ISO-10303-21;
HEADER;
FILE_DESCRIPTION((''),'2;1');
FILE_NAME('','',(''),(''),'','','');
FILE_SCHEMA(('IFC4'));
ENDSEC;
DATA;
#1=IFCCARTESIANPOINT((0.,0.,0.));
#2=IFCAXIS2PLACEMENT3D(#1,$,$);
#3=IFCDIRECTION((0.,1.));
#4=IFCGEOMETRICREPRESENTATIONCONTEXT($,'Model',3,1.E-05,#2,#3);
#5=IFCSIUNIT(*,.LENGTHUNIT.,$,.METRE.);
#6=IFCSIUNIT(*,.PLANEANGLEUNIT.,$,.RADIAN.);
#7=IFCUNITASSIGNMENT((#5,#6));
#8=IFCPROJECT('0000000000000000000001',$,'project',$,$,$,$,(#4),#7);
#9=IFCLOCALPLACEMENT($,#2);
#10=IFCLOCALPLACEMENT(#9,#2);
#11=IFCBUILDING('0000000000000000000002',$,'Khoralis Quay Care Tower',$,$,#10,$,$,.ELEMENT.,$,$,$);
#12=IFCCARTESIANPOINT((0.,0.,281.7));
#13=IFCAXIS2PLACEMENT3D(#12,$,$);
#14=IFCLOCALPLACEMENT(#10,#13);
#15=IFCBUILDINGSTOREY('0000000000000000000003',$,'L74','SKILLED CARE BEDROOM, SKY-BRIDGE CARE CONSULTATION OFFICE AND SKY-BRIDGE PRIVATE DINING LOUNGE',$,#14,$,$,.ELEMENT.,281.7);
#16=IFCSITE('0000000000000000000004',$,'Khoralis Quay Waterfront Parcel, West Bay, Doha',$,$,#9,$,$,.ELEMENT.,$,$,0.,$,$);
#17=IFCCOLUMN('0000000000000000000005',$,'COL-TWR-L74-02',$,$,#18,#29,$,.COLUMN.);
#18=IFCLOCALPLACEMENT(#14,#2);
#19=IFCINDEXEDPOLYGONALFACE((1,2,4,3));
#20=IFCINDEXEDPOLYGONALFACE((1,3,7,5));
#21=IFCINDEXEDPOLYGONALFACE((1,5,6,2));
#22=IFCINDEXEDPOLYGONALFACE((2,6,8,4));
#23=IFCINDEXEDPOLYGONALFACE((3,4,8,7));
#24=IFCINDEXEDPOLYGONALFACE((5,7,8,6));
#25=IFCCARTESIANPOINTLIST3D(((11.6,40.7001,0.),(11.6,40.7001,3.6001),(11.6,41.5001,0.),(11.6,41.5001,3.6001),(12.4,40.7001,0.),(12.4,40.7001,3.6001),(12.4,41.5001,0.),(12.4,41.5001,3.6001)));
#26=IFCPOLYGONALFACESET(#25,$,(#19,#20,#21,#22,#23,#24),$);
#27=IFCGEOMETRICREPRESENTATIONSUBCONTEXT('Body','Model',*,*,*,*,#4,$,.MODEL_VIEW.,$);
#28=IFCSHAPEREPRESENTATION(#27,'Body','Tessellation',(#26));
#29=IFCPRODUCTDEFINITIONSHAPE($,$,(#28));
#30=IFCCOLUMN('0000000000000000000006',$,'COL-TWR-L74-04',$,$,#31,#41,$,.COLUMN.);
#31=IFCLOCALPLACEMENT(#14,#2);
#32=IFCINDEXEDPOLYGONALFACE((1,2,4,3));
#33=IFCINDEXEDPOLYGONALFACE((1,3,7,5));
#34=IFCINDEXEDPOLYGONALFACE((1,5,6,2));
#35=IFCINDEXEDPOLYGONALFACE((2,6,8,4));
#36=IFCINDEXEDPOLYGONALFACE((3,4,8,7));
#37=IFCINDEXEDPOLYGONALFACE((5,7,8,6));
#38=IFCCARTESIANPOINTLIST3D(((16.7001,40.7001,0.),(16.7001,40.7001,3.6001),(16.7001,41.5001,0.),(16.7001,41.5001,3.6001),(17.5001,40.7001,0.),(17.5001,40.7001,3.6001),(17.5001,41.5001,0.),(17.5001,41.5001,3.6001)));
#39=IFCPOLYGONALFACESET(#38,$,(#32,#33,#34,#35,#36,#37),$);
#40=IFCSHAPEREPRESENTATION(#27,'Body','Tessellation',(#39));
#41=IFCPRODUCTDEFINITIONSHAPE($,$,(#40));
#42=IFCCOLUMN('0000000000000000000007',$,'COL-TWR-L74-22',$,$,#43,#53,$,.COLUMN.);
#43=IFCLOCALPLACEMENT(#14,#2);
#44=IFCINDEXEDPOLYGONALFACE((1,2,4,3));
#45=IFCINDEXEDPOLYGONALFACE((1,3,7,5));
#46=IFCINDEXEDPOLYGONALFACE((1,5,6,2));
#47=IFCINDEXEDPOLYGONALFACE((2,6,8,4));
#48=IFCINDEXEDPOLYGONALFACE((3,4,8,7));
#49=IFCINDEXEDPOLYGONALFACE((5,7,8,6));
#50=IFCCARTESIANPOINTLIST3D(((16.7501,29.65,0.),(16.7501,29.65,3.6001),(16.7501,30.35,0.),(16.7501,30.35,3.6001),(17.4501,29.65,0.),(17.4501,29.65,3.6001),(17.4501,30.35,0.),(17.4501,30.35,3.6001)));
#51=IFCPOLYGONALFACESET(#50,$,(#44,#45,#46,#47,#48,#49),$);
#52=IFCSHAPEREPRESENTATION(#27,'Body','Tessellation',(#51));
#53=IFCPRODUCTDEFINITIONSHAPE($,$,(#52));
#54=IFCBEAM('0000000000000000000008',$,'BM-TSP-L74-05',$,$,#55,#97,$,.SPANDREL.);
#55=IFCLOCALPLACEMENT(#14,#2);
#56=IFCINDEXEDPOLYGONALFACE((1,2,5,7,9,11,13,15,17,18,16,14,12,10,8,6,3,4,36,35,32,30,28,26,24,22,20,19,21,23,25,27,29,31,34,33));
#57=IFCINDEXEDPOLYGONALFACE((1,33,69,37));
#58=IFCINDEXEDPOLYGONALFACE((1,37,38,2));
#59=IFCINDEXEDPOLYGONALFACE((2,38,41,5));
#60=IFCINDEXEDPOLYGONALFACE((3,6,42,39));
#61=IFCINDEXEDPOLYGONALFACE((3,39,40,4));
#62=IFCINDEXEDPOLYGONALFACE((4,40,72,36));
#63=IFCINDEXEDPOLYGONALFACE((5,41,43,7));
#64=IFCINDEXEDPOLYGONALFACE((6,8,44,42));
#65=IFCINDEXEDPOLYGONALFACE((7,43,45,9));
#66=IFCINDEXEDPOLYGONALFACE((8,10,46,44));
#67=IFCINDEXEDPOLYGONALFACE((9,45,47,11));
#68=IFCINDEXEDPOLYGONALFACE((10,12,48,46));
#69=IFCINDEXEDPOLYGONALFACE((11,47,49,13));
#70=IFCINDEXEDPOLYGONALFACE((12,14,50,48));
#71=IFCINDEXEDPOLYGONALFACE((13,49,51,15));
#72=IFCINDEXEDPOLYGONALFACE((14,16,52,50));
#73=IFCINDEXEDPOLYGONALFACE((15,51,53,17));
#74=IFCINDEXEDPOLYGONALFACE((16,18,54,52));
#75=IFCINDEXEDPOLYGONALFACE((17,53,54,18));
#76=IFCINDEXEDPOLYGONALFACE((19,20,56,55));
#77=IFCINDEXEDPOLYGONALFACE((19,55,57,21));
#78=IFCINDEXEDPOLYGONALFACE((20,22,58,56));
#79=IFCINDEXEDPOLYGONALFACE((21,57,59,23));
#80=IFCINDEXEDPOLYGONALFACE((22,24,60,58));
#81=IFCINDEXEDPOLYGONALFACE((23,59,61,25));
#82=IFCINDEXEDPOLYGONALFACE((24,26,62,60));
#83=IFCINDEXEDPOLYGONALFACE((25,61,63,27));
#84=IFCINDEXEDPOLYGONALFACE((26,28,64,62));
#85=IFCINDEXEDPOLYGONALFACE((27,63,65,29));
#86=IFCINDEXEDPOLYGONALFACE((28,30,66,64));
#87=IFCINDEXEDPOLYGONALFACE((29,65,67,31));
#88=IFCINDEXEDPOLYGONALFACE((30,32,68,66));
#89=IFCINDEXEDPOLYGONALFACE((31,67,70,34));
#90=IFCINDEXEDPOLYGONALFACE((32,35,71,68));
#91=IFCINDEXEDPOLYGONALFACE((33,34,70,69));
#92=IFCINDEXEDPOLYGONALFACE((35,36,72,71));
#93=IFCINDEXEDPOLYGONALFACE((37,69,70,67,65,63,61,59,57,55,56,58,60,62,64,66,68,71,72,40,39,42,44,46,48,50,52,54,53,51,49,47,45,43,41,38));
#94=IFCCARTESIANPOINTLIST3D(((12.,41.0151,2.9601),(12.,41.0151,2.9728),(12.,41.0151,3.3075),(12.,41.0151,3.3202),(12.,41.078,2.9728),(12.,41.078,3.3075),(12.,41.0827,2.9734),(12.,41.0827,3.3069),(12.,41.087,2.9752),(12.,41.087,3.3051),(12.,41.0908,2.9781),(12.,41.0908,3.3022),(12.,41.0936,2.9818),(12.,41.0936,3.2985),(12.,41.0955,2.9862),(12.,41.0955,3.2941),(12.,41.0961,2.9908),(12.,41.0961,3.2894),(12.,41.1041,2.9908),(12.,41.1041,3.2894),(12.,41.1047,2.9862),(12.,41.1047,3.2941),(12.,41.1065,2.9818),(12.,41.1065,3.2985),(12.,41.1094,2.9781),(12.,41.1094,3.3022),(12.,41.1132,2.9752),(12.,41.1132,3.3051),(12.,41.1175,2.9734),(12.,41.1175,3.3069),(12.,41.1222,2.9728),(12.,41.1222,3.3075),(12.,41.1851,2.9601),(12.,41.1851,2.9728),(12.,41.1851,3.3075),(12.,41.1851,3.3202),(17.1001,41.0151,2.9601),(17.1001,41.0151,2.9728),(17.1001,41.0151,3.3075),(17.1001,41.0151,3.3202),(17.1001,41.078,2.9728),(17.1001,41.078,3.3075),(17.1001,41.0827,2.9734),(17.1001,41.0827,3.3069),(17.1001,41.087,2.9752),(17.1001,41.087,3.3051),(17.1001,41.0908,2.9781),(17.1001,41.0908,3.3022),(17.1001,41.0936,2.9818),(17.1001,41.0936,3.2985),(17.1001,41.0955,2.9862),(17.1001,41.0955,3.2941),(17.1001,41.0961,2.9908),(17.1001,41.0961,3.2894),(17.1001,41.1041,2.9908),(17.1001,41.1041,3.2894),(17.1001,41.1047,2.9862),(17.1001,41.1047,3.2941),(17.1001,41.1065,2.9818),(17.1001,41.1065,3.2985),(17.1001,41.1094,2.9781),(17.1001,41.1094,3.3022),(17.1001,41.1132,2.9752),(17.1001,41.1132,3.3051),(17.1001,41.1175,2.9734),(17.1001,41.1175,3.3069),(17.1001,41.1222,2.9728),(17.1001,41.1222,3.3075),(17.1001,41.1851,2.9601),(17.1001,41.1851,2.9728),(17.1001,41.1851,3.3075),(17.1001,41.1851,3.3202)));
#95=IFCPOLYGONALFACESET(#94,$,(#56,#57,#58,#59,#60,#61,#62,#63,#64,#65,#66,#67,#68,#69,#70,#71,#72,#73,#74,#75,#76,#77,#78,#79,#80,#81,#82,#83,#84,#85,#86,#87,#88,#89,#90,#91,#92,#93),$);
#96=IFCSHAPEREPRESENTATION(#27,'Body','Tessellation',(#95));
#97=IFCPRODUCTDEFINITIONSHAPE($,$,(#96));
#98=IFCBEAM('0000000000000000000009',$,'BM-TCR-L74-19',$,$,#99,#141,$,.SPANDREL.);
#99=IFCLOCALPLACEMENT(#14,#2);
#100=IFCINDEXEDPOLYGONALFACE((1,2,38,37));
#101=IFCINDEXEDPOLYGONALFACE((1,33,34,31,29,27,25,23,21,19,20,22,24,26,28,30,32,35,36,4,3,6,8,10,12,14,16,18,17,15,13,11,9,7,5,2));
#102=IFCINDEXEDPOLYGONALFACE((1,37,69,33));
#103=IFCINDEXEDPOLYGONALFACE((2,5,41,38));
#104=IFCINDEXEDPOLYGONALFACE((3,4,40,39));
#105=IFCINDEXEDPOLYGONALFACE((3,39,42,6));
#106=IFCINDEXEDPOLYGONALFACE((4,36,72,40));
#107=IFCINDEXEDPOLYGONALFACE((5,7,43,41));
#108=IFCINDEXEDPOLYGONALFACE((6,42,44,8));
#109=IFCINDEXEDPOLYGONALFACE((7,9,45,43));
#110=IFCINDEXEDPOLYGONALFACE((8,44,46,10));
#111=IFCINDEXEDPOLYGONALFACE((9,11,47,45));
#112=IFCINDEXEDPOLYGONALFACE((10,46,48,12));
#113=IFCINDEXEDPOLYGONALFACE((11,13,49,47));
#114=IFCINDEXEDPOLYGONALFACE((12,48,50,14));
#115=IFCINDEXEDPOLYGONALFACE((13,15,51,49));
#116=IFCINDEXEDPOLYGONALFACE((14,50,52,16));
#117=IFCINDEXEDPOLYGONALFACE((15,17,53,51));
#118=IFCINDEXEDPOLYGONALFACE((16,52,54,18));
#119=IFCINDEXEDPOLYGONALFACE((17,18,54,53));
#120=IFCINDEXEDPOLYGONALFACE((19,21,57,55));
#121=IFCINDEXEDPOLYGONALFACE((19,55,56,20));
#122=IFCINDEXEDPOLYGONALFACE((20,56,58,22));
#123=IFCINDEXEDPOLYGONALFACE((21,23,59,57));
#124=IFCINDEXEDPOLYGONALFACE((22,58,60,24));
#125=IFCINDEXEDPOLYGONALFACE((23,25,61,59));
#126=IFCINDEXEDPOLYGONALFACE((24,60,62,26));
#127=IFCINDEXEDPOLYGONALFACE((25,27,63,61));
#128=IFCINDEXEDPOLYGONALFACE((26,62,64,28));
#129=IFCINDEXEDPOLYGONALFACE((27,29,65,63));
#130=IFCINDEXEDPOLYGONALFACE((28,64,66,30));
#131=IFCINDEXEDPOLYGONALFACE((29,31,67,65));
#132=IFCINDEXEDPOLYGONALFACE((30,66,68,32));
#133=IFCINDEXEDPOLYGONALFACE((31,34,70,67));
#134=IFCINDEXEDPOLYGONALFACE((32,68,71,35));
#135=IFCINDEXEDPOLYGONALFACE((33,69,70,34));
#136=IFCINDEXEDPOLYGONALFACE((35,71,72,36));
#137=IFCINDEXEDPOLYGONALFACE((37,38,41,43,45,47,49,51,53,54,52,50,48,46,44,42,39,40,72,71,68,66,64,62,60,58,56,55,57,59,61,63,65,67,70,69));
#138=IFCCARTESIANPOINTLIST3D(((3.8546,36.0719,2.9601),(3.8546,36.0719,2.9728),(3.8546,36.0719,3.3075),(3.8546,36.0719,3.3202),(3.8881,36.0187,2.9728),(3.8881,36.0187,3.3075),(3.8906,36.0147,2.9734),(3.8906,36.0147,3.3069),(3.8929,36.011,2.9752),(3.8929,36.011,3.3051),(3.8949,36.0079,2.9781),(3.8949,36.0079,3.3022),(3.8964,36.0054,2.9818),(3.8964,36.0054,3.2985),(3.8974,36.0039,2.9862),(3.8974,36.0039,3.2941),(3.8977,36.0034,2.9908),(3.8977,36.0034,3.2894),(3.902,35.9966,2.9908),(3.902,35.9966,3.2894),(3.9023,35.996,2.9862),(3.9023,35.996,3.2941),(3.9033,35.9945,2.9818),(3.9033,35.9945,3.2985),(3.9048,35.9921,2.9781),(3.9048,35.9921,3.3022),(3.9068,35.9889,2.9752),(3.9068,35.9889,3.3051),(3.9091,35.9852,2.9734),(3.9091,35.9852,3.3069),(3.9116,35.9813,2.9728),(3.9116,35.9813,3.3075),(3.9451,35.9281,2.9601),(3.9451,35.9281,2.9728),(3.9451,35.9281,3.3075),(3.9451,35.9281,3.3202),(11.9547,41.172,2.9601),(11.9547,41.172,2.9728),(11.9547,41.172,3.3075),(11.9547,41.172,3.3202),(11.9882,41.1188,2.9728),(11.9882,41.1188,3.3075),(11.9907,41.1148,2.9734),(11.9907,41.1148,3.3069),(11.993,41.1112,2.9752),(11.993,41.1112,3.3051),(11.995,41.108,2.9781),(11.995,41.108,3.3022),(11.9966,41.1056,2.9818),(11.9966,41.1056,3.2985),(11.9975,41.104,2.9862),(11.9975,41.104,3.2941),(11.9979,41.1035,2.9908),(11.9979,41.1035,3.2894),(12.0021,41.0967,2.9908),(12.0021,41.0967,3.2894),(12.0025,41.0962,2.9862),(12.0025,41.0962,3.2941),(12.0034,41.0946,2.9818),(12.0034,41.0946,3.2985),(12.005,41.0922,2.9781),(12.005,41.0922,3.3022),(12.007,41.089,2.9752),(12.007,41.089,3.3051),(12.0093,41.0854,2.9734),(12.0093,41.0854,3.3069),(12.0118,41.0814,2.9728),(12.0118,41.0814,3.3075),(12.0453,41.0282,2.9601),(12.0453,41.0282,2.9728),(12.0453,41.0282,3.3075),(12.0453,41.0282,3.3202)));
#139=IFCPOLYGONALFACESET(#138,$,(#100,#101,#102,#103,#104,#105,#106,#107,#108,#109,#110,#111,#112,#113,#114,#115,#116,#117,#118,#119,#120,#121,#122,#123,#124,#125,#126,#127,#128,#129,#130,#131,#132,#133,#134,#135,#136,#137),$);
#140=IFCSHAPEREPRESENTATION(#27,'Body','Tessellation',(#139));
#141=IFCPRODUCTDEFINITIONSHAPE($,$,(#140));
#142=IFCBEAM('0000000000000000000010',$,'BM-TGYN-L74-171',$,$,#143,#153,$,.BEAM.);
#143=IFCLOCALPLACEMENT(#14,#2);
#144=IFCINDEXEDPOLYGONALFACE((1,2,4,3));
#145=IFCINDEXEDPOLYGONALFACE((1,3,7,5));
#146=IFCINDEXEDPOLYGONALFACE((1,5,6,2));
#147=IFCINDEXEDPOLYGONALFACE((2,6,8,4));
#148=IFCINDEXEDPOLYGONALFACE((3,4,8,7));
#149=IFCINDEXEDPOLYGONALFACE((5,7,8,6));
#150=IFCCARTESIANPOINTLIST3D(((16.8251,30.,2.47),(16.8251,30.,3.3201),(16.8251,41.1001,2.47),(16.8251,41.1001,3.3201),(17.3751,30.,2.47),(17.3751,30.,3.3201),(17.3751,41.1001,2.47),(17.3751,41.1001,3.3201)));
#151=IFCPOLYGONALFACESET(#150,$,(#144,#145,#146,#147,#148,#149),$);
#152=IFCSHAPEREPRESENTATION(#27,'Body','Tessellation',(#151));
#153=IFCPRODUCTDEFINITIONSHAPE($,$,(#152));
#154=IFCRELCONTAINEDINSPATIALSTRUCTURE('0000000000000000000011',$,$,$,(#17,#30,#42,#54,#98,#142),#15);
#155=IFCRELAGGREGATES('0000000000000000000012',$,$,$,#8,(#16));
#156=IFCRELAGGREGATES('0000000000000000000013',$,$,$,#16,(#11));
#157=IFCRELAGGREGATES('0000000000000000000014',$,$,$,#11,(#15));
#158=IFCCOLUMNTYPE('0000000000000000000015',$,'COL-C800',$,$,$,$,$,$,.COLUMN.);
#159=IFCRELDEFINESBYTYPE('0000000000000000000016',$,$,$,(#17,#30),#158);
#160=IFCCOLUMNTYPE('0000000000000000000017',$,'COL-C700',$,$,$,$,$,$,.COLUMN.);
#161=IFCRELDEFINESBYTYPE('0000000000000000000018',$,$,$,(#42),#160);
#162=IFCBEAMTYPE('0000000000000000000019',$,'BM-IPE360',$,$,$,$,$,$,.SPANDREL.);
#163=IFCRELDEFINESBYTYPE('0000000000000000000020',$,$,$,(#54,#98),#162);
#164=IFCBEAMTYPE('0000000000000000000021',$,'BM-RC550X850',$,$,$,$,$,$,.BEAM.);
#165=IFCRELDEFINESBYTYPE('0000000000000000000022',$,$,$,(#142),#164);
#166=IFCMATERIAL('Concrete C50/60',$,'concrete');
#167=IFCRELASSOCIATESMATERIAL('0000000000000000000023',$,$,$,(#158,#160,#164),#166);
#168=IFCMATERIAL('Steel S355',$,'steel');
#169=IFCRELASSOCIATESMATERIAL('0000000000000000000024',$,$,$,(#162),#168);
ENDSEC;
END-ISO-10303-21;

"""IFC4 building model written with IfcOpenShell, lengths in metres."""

from ifc_helpers import new_model, si_unit, direction, frame, origin, origin_2d, place, context, subcontext, project, spatial, rectangle, i_section, extrude, source, transform, mapped, material, material_profile, profile_set, type_object, element, save


model = new_model("IFC4")

# Units and contexts
model_context = context("Model", 3, precision=1e-05, world=origin(), true_north=direction((0.0, 1.0)))
body_context = subcontext(model_context, "Body", "Model", "MODEL_VIEW")
ifc_project = project(units=[si_unit("LENGTHUNIT", "METRE"), si_unit("PLANEANGLEUNIT", "RADIAN")], contexts=[model_context])

# Site, building, storey
site_placement = place(None, origin())
site = spatial("IfcSite", under=ifc_project, at=site_placement, Name="Khoralis Quay Waterfront Parcel, West Bay, Doha", CompositionType="ELEMENT", RefElevation=0.0)
building_placement = place(site_placement, origin())
building = spatial("IfcBuilding", under=site, at=building_placement, Name="Khoralis Quay Care Tower", CompositionType="ELEMENT")
storey_placement = place(building_placement, frame((0.0, 0.0, 281.7)))
storey = spatial("IfcBuildingStorey", under=building, at=storey_placement, Name="L74", Description="SKILLED CARE BEDROOM, SKY-BRIDGE CARE CONSULTATION OFFICE AND SKY-BRIDGE PRIVATE DINING LOUNGE", CompositionType="ELEMENT", Elevation=281.7)

# Columns
ifc_material_1 = material(Name="Concrete C50/60", Category="concrete")
ifc_material_profile_1 = material_profile(ifc_material_1, rectangle(XDim=0.8, YDim=0.8, at=origin_2d()), Name="Concrete C50/60")
ifc_profile_set_1 = profile_set([ifc_material_profile_1], Name="Concrete C50/60")
column_type_1 = type_object("IfcColumnType", Name="COL-C800", PredefinedType="COLUMN", material=ifc_profile_set_1)
shared_shape_1 = source(origin(), body_context, "Body", "SweptSolid", [
    extrude(rectangle(XDim=0.8, YDim=0.8, at=origin_2d()), origin(), (0.0, 0.0, 1.0), 3.6001),
])
for number, where, z_axis, x_axis, name in (
    (1, (12.0, 41.1001, 0.0), (0.0, 0.0, 1.0), (1.0, 0.0, 0.0), "COL-TWR-L74-02"),
    (2, (17.1001, 41.1001, 0.0), (0.0, 0.0, 1.0), (1.0, 0.0, 0.0), "COL-TWR-L74-04"),
):
    element("IfcColumn", number, at=place(storey_placement, frame(where, z_axis=z_axis, x_axis=x_axis)), inside=storey, type_object=column_type_1, Name=name, PredefinedType="COLUMN", context=body_context, shape_type="MappedRepresentation", body=[
        mapped(shared_shape_1, transform((0.0, 0.0, 0.0), scale=1.0)),
    ])
ifc_material_profile_2 = material_profile(ifc_material_1, rectangle(XDim=0.7, YDim=0.7, at=origin_2d()), Name="Concrete C50/60")
ifc_profile_set_2 = profile_set([ifc_material_profile_2], Name="Concrete C50/60")
column_type_2 = type_object("IfcColumnType", Name="COL-C700", PredefinedType="COLUMN", material=ifc_profile_set_2)
shared_shape_2 = source(origin(), body_context, "Body", "SweptSolid", [
    extrude(rectangle(XDim=0.7, YDim=0.7, at=origin_2d()), origin(), (0.0, 0.0, 1.0), 3.6001),
])
column_placement = place(storey_placement, frame((17.1001, 30.0, 0.0), z_axis=(0.0, 0.0, 1.0), x_axis=(1.0, 0.0, 0.0)))
element("IfcColumn", 3, at=column_placement, inside=storey, type_object=column_type_2, Name="COL-TWR-L74-22", PredefinedType="COLUMN", context=body_context, shape_type="MappedRepresentation", body=[
    mapped(shared_shape_2, transform((0.0, 0.0, 0.0), scale=1.0)),
])

# Beams
ifc_material_2 = material(Name="Steel S355", Category="steel")
ifc_material_profile_3 = material_profile(ifc_material_2, i_section(OverallWidth=0.1699, OverallDepth=0.3601, WebThickness=0.0081, FlangeThickness=0.0127, FilletRadius=0.0181, at=origin_2d()), Name="Steel S355")
ifc_profile_set_3 = profile_set([ifc_material_profile_3], Name="Steel S355")
beam_type_1 = type_object("IfcBeamType", Name="BM-IPE360", PredefinedType="SPANDREL", material=ifc_profile_set_3)
shared_shape_3 = source(origin(), body_context, "Body", "SweptSolid", [
    extrude(i_section(OverallWidth=0.1699, OverallDepth=0.3601, WebThickness=0.0081, FlangeThickness=0.0127, FilletRadius=0.0181, at=origin_2d()), origin(), (0.0, 0.0, 1.0), 5.1001),
])
beam_1_placement = place(storey_placement, frame((12.0, 41.1001, 3.1401), z_axis=(1.0, 0.0, 0.0), x_axis=(0.0, 1.0, 0.0)))
element("IfcBeam", 4, at=beam_1_placement, inside=storey, type_object=beam_type_1, Name="BM-TSP-L74-05", PredefinedType="SPANDREL", context=body_context, shape_type="MappedRepresentation", body=[
    mapped(shared_shape_3, transform((0.0, 0.0, 0.0), scale=1.0)),
])
shared_shape_4 = source(origin(), body_context, "Body", "SweptSolid", [
    extrude(i_section(OverallWidth=0.1699, OverallDepth=0.3601, WebThickness=0.0081, FlangeThickness=0.0127, FilletRadius=0.0181, at=origin_2d()), origin(), (0.0, 0.0, 1.0), 9.572),
])
beam_2_placement = place(storey_placement, frame((12.0, 41.1001, 3.1401), z_axis=(-0.846231, -0.532816, 0.0), x_axis=(0.532816, -0.846231, 0.0)))
element("IfcBeam", 5, at=beam_2_placement, inside=storey, type_object=beam_type_1, Name="BM-TCR-L74-19", PredefinedType="SPANDREL", context=body_context, shape_type="MappedRepresentation", body=[
    mapped(shared_shape_4, transform((0.0, 0.0, 0.0), scale=1.0)),
])
ifc_material_profile_4 = material_profile(ifc_material_1, rectangle(XDim=0.55, YDim=0.8501, at=origin_2d()), Name="Concrete C50/60")
ifc_profile_set_4 = profile_set([ifc_material_profile_4], Name="Concrete C50/60")
beam_type_2 = type_object("IfcBeamType", Name="BM-RC550X850", PredefinedType="BEAM", material=ifc_profile_set_4)
shared_shape_5 = source(origin(), body_context, "Body", "SweptSolid", [
    extrude(rectangle(XDim=0.55, YDim=0.8501, at=origin_2d()), origin(), (0.0, 0.0, 1.0), 11.1001),
])
beam_3_placement = place(storey_placement, frame((17.1001, 30.0, 2.895), z_axis=(0.0, 1.0, 0.0), x_axis=(-1.0, 0.0, 0.0)))
element("IfcBeam", 6, at=beam_3_placement, inside=storey, type_object=beam_type_2, Name="BM-TGYN-L74-171", PredefinedType="BEAM", context=body_context, shape_type="MappedRepresentation", body=[
    mapped(shared_shape_5, transform((0.0, 0.0, 0.0), scale=1.0)),
])

save(model, "model.ifc")
